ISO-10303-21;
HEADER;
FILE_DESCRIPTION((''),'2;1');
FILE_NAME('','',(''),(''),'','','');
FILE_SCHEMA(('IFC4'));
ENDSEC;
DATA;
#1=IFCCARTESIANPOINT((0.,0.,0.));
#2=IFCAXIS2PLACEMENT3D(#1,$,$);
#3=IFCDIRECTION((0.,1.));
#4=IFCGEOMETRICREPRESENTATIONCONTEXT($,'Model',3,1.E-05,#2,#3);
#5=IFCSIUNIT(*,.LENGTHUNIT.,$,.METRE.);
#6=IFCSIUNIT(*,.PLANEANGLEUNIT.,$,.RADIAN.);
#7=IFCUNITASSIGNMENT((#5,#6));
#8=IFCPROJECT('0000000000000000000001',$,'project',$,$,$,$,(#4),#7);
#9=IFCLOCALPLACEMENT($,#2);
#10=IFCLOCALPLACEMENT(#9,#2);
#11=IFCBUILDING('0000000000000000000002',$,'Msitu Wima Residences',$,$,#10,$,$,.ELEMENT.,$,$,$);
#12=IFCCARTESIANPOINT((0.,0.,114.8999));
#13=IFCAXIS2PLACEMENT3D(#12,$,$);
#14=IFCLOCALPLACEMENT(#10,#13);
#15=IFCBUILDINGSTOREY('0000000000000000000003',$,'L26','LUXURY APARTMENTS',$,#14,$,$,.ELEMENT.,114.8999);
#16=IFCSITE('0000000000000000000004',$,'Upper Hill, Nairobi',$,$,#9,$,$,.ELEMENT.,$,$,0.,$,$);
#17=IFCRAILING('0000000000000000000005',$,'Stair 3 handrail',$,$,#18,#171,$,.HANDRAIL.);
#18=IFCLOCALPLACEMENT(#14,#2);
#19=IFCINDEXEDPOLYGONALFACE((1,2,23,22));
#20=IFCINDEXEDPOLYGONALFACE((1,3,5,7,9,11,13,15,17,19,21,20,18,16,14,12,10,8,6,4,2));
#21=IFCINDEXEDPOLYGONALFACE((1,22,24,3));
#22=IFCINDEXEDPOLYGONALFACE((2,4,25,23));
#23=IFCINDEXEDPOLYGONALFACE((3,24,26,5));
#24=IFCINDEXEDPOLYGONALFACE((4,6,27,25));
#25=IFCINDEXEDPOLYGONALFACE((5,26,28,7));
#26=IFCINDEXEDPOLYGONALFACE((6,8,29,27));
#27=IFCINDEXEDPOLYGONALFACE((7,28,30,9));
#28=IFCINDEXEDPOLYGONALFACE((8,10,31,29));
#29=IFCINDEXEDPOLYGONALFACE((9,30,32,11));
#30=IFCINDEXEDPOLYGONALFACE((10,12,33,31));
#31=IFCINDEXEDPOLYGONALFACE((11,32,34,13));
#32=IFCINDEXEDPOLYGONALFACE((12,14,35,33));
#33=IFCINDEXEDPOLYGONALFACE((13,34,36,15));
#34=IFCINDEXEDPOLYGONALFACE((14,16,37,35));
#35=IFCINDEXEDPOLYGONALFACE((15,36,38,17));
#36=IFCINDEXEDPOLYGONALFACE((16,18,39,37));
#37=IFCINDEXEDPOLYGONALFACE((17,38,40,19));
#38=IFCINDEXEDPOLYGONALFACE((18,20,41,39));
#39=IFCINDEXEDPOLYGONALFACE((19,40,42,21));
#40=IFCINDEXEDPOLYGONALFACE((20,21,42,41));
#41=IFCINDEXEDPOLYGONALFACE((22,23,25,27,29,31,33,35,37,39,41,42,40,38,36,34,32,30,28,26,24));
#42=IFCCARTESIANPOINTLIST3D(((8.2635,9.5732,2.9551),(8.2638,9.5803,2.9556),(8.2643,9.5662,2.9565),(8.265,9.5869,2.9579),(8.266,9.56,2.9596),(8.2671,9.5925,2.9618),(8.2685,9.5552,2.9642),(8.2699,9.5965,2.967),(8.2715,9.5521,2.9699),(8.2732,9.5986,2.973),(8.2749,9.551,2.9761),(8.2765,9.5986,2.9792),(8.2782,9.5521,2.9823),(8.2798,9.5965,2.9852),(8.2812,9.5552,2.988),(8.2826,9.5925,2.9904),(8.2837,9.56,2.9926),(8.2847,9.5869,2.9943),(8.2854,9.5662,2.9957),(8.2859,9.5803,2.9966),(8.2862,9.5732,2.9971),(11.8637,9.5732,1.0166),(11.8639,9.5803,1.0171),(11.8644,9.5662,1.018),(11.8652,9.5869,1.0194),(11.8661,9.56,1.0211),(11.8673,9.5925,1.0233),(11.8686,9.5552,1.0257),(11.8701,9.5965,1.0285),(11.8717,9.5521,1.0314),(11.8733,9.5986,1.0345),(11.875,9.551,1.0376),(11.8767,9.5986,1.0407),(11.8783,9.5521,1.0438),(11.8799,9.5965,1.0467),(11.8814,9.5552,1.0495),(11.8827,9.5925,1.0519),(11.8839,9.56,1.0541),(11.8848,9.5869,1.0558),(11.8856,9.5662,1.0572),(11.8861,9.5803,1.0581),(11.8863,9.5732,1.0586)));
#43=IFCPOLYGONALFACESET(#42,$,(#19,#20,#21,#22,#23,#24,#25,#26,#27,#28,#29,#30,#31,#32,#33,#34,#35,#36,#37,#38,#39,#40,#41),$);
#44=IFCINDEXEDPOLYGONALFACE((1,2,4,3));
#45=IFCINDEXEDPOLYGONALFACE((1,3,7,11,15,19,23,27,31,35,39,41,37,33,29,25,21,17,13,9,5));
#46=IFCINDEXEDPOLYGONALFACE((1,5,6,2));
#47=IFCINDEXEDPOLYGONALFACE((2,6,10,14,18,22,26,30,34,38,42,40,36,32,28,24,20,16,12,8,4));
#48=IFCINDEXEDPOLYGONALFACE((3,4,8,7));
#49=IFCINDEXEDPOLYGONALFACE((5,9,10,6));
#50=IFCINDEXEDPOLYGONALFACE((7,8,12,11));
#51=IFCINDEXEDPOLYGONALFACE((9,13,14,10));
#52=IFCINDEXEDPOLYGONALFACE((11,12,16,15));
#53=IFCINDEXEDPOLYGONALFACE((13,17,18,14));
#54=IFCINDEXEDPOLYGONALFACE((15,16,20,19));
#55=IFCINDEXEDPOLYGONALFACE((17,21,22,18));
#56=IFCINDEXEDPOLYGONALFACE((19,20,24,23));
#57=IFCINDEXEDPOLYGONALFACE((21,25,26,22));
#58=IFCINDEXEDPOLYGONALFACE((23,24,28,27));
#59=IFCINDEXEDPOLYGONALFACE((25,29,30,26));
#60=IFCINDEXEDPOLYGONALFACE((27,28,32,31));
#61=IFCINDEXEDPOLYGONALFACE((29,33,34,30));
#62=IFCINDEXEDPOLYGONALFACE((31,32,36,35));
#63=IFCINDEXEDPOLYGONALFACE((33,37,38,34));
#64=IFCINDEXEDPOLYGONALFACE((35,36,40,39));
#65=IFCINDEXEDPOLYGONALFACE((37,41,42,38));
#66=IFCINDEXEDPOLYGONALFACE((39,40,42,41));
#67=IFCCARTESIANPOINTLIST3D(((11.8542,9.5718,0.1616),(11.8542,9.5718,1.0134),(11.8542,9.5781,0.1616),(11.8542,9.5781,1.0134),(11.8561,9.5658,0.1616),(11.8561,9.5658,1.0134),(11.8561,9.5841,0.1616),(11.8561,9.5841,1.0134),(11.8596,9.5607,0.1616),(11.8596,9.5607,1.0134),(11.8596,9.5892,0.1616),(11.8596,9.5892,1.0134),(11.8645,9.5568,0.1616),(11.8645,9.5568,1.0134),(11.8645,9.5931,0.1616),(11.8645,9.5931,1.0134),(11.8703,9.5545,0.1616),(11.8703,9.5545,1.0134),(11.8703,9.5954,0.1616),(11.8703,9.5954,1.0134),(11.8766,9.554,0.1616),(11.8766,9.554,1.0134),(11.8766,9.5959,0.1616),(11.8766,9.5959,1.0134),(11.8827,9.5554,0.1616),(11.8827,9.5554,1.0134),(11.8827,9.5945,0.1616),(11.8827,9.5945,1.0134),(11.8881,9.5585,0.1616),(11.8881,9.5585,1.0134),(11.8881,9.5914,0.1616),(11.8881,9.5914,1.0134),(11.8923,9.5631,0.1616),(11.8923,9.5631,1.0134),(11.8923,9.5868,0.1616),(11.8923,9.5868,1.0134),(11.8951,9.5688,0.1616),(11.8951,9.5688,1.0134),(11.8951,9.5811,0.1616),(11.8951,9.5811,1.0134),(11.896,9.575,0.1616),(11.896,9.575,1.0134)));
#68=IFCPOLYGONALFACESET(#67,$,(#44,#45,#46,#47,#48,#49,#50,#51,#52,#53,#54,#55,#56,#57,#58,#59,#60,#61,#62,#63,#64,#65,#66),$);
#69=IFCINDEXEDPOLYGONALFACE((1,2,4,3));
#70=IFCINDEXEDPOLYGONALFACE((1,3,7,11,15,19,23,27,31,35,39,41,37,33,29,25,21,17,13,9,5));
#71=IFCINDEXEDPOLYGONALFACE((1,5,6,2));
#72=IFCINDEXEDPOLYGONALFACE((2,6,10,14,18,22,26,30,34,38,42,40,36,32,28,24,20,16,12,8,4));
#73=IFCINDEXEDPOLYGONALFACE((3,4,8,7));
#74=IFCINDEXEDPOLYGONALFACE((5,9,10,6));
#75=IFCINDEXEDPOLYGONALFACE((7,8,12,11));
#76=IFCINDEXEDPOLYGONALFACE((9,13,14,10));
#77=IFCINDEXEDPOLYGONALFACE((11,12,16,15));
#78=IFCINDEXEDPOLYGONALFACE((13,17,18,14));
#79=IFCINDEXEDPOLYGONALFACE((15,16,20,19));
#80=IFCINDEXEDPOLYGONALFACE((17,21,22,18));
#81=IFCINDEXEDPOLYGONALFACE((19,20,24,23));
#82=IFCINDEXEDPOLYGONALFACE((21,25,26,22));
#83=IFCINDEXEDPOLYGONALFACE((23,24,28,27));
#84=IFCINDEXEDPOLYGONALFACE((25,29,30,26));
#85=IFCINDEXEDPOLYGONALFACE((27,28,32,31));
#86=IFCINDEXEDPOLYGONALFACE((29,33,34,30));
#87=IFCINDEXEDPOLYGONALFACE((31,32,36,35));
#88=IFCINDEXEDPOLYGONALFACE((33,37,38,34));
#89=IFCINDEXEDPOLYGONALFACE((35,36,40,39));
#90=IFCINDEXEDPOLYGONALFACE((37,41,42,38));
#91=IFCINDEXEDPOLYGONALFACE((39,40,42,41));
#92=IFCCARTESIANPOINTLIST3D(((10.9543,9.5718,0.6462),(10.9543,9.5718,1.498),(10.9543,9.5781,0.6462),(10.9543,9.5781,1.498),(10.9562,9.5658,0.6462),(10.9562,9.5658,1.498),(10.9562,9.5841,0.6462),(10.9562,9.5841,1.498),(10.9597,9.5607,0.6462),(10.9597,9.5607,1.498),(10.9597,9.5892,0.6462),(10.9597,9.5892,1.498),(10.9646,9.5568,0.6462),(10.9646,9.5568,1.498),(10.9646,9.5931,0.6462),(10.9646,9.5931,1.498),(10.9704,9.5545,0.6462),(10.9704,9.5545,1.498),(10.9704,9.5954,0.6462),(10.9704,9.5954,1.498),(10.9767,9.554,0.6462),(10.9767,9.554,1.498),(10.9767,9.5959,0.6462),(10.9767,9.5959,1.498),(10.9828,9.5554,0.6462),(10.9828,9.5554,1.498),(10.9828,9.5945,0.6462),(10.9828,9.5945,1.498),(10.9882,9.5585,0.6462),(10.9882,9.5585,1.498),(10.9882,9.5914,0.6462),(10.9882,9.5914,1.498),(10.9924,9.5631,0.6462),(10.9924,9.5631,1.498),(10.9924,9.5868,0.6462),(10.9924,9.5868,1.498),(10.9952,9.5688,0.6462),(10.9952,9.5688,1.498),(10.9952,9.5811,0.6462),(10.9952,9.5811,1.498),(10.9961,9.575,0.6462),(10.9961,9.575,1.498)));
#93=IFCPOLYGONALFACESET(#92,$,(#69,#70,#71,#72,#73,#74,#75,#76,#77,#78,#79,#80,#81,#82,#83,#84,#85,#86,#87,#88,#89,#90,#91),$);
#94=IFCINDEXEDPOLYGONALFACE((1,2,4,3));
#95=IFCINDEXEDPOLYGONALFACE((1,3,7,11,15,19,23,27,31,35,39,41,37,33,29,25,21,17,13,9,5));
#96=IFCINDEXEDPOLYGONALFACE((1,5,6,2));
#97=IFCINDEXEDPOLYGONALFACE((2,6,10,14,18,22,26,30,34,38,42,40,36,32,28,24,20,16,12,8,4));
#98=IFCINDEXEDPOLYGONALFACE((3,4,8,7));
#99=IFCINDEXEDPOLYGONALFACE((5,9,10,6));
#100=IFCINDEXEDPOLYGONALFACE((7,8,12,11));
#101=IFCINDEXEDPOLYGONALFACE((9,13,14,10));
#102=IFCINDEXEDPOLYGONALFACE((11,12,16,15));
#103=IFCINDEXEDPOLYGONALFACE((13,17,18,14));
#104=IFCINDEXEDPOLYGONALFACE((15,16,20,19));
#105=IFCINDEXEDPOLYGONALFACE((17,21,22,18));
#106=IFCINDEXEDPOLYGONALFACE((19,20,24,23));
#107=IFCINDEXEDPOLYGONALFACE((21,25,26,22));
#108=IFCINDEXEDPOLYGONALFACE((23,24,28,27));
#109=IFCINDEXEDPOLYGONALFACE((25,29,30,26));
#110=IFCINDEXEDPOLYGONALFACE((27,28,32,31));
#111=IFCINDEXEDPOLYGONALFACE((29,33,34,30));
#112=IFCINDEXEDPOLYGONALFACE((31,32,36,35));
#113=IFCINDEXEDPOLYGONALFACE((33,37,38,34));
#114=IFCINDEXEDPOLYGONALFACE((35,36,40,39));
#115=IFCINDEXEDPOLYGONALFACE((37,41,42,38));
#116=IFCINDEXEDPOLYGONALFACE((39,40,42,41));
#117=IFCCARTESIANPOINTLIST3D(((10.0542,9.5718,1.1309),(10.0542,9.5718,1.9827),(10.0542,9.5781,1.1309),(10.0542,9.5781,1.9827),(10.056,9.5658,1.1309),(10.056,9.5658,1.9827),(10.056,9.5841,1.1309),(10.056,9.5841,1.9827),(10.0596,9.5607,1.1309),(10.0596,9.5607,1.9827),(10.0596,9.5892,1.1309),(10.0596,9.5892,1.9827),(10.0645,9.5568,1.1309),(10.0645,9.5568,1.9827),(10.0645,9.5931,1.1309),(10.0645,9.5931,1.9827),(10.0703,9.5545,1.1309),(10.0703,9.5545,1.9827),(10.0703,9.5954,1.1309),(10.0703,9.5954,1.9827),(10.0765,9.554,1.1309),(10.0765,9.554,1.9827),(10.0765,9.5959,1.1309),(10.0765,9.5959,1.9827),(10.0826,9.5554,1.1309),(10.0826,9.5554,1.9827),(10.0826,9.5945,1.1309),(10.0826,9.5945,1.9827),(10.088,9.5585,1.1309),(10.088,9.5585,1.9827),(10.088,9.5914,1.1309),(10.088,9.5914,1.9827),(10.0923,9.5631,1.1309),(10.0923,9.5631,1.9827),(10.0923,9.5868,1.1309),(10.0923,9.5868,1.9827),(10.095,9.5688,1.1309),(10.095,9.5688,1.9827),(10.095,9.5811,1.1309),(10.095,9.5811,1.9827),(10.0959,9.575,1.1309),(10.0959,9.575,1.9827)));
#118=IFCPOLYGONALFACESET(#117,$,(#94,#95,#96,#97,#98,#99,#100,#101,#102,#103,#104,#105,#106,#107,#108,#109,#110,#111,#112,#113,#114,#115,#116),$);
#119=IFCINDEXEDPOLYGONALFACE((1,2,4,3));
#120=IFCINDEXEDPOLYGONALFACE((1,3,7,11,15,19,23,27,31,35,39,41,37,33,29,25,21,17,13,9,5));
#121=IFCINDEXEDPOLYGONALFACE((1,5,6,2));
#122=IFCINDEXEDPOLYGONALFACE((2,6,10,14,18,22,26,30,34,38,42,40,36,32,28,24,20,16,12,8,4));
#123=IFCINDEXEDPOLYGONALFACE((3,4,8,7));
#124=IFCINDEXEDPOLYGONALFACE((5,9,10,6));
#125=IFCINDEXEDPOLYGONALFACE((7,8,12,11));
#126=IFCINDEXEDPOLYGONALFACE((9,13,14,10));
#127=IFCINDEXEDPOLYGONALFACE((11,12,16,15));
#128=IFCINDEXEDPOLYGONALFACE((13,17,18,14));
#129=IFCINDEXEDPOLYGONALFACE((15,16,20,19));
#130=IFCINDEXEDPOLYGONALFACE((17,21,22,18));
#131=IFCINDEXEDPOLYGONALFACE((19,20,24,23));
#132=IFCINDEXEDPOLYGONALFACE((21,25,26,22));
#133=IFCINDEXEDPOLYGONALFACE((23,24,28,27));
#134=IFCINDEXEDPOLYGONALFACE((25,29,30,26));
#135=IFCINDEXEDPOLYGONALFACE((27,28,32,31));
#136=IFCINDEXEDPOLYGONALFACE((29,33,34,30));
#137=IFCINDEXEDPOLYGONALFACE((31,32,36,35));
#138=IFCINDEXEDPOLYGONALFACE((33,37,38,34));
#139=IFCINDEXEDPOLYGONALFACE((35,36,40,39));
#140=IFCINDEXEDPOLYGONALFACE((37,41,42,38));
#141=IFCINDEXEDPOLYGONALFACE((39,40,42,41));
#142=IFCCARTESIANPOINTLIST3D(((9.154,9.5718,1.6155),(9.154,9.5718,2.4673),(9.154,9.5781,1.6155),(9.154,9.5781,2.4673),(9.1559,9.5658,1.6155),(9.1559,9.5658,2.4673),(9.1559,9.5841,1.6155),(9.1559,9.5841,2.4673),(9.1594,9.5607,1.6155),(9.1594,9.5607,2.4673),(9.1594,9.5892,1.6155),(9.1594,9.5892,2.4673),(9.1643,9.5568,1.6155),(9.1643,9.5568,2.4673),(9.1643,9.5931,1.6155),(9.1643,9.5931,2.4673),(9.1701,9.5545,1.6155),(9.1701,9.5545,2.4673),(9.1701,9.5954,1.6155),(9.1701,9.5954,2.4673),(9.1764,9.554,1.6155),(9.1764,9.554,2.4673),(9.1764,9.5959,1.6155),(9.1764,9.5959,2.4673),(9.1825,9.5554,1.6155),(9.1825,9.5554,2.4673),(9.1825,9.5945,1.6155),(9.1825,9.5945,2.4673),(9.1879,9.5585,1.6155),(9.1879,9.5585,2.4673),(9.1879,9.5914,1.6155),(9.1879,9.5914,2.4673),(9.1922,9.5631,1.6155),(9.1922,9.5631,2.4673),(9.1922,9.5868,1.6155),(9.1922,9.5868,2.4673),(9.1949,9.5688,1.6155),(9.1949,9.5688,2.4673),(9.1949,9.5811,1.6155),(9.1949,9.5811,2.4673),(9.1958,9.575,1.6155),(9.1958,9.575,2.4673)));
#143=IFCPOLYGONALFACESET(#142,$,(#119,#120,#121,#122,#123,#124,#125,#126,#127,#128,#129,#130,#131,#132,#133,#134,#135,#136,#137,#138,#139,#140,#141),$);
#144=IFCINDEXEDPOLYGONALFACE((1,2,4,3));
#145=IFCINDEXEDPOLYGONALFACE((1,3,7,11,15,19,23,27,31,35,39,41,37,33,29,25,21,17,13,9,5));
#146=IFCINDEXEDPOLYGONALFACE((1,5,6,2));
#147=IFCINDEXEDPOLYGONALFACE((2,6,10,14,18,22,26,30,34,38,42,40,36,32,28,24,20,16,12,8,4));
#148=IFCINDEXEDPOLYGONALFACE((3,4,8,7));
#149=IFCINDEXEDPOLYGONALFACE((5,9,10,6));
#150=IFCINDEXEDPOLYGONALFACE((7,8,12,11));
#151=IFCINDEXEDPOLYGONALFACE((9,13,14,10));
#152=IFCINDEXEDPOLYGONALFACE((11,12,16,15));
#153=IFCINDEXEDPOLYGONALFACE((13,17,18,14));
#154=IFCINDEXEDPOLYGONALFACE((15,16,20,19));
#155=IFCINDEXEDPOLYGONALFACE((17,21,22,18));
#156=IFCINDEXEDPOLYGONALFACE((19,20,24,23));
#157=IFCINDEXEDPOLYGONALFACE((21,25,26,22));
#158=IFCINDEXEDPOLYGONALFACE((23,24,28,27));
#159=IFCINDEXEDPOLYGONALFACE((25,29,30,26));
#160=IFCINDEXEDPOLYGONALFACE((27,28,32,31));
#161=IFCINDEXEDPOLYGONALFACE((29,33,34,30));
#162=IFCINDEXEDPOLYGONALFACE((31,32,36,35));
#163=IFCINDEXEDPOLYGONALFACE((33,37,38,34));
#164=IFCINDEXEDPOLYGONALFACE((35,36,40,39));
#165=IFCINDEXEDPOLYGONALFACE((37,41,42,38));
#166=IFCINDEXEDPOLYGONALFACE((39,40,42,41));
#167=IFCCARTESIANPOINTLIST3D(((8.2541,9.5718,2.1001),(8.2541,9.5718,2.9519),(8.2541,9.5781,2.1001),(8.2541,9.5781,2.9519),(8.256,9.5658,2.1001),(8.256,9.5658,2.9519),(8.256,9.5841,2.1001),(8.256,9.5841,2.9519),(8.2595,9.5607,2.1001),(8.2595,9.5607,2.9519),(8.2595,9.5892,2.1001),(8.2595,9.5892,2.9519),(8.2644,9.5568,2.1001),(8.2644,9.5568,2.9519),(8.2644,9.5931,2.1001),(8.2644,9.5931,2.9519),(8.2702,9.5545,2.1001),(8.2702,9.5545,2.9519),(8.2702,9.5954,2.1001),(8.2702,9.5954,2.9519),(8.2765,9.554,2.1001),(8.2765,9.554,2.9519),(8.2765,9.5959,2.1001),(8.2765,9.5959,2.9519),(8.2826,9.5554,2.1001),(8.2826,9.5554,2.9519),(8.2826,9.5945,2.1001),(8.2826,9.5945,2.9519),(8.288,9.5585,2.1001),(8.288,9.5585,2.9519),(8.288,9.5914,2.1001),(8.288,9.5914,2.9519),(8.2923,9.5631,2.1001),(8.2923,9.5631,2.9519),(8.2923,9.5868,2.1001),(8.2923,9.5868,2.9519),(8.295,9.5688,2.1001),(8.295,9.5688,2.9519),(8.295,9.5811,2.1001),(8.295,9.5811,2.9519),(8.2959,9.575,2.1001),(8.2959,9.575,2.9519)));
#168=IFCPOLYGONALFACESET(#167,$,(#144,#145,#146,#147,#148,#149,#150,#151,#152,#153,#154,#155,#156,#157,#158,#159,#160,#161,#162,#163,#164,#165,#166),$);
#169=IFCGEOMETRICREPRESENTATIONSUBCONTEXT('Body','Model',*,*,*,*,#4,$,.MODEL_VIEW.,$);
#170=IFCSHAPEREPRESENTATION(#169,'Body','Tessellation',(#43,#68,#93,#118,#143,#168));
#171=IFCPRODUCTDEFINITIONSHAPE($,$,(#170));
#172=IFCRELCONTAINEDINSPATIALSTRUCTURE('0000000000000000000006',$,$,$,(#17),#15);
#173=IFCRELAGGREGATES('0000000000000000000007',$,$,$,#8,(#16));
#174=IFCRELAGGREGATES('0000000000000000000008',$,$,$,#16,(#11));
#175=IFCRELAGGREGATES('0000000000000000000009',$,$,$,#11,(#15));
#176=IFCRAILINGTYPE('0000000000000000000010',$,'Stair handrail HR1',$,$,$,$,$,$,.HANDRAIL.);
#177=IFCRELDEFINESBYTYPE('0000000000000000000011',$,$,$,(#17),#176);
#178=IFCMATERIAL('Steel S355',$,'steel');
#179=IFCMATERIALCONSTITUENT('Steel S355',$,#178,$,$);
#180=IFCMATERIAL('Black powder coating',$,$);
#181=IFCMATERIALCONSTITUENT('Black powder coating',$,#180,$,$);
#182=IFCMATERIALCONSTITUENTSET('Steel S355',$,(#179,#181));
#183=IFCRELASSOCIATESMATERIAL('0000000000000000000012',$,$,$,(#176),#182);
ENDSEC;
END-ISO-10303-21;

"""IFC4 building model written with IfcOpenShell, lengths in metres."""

from ifc_helpers import new_model, si_unit, direction, frame, origin, origin_2d, place, context, subcontext, project, spatial, circle, extrude, material, constituent, constituent_set, type_object, element, save


model = new_model("IFC4")

# Units and contexts
model_context = context("Model", 3, precision=1e-05, world=origin(), true_north=direction((0.0, 1.0)))
body_context = subcontext(model_context, "Body", "Model", "MODEL_VIEW")
ifc_project = project(units=[si_unit("LENGTHUNIT", "METRE"), si_unit("PLANEANGLEUNIT", "RADIAN")], contexts=[model_context])

# Site, building, storey
site_placement = place(None, origin())
site = spatial("IfcSite", under=ifc_project, at=site_placement, Name="Upper Hill, Nairobi", CompositionType="ELEMENT", RefElevation=0.0)
building_placement = place(site_placement, origin())
building = spatial("IfcBuilding", under=site, at=building_placement, Name="Msitu Wima Residences", CompositionType="ELEMENT")
storey_placement = place(building_placement, frame((0.0, 0.0, 114.8999)))
storey = spatial("IfcBuildingStorey", under=building, at=storey_placement, Name="L26", Description="LUXURY APARTMENTS", CompositionType="ELEMENT", Elevation=114.8999)

# Railing
ifc_material_1 = material(Name="Steel S355", Category="steel")
ifc_constituent_1 = constituent(ifc_material_1, Name="Steel S355")
ifc_material_2 = material(Name="Black powder coating")
ifc_constituent_2 = constituent(ifc_material_2, Name="Black powder coating")
ifc_constituent_set_1 = constituent_set(constituents=[ifc_constituent_1, ifc_constituent_2], Name="Steel S355")
railing_type_1 = type_object("IfcRailingType", Name="Stair handrail HR1", PredefinedType="HANDRAIL", material=ifc_constituent_set_1)
for number, where, name in (
    (1, (11.875, 9.575, 0.1616), "Stair 3 handrail"),
):
    element("IfcRailing", number, at=place(storey_placement, frame(where)), inside=storey, type_object=railing_type_1, Name=name, PredefinedType="HANDRAIL", context=body_context, shape_type="SweptSolid", body=[
        extrude(circle(Radius=0.0239, at=origin_2d()), frame((0.0, 0.0, 0.876), z_axis=(-0.880475, 0.0, 0.474093), x_axis=(0.0, -1.0, 0.0)), (0.0, 0.0, 1.0), 4.0889),
        extrude(circle(Radius=0.021, at=origin_2d()), origin(), (0.0, 0.0, 1.0), 0.8518),
        extrude(circle(Radius=0.021, at=origin_2d()), frame((-0.8999, 0.0, 0.4846)), (0.0, 0.0, 1.0), 0.8518),
        extrude(circle(Radius=0.021, at=origin_2d()), frame((-1.8, 0.0, 0.9692)), (0.0, 0.0, 1.0), 0.8518),
        extrude(circle(Radius=0.021, at=origin_2d()), frame((-2.7002, 0.0, 1.4539)), (0.0, 0.0, 1.0), 0.8518),
        extrude(circle(Radius=0.021, at=origin_2d()), frame((-3.6001, 0.0, 1.9385)), (0.0, 0.0, 1.0), 0.8518),
    ])

save(model, "model.ifc")
